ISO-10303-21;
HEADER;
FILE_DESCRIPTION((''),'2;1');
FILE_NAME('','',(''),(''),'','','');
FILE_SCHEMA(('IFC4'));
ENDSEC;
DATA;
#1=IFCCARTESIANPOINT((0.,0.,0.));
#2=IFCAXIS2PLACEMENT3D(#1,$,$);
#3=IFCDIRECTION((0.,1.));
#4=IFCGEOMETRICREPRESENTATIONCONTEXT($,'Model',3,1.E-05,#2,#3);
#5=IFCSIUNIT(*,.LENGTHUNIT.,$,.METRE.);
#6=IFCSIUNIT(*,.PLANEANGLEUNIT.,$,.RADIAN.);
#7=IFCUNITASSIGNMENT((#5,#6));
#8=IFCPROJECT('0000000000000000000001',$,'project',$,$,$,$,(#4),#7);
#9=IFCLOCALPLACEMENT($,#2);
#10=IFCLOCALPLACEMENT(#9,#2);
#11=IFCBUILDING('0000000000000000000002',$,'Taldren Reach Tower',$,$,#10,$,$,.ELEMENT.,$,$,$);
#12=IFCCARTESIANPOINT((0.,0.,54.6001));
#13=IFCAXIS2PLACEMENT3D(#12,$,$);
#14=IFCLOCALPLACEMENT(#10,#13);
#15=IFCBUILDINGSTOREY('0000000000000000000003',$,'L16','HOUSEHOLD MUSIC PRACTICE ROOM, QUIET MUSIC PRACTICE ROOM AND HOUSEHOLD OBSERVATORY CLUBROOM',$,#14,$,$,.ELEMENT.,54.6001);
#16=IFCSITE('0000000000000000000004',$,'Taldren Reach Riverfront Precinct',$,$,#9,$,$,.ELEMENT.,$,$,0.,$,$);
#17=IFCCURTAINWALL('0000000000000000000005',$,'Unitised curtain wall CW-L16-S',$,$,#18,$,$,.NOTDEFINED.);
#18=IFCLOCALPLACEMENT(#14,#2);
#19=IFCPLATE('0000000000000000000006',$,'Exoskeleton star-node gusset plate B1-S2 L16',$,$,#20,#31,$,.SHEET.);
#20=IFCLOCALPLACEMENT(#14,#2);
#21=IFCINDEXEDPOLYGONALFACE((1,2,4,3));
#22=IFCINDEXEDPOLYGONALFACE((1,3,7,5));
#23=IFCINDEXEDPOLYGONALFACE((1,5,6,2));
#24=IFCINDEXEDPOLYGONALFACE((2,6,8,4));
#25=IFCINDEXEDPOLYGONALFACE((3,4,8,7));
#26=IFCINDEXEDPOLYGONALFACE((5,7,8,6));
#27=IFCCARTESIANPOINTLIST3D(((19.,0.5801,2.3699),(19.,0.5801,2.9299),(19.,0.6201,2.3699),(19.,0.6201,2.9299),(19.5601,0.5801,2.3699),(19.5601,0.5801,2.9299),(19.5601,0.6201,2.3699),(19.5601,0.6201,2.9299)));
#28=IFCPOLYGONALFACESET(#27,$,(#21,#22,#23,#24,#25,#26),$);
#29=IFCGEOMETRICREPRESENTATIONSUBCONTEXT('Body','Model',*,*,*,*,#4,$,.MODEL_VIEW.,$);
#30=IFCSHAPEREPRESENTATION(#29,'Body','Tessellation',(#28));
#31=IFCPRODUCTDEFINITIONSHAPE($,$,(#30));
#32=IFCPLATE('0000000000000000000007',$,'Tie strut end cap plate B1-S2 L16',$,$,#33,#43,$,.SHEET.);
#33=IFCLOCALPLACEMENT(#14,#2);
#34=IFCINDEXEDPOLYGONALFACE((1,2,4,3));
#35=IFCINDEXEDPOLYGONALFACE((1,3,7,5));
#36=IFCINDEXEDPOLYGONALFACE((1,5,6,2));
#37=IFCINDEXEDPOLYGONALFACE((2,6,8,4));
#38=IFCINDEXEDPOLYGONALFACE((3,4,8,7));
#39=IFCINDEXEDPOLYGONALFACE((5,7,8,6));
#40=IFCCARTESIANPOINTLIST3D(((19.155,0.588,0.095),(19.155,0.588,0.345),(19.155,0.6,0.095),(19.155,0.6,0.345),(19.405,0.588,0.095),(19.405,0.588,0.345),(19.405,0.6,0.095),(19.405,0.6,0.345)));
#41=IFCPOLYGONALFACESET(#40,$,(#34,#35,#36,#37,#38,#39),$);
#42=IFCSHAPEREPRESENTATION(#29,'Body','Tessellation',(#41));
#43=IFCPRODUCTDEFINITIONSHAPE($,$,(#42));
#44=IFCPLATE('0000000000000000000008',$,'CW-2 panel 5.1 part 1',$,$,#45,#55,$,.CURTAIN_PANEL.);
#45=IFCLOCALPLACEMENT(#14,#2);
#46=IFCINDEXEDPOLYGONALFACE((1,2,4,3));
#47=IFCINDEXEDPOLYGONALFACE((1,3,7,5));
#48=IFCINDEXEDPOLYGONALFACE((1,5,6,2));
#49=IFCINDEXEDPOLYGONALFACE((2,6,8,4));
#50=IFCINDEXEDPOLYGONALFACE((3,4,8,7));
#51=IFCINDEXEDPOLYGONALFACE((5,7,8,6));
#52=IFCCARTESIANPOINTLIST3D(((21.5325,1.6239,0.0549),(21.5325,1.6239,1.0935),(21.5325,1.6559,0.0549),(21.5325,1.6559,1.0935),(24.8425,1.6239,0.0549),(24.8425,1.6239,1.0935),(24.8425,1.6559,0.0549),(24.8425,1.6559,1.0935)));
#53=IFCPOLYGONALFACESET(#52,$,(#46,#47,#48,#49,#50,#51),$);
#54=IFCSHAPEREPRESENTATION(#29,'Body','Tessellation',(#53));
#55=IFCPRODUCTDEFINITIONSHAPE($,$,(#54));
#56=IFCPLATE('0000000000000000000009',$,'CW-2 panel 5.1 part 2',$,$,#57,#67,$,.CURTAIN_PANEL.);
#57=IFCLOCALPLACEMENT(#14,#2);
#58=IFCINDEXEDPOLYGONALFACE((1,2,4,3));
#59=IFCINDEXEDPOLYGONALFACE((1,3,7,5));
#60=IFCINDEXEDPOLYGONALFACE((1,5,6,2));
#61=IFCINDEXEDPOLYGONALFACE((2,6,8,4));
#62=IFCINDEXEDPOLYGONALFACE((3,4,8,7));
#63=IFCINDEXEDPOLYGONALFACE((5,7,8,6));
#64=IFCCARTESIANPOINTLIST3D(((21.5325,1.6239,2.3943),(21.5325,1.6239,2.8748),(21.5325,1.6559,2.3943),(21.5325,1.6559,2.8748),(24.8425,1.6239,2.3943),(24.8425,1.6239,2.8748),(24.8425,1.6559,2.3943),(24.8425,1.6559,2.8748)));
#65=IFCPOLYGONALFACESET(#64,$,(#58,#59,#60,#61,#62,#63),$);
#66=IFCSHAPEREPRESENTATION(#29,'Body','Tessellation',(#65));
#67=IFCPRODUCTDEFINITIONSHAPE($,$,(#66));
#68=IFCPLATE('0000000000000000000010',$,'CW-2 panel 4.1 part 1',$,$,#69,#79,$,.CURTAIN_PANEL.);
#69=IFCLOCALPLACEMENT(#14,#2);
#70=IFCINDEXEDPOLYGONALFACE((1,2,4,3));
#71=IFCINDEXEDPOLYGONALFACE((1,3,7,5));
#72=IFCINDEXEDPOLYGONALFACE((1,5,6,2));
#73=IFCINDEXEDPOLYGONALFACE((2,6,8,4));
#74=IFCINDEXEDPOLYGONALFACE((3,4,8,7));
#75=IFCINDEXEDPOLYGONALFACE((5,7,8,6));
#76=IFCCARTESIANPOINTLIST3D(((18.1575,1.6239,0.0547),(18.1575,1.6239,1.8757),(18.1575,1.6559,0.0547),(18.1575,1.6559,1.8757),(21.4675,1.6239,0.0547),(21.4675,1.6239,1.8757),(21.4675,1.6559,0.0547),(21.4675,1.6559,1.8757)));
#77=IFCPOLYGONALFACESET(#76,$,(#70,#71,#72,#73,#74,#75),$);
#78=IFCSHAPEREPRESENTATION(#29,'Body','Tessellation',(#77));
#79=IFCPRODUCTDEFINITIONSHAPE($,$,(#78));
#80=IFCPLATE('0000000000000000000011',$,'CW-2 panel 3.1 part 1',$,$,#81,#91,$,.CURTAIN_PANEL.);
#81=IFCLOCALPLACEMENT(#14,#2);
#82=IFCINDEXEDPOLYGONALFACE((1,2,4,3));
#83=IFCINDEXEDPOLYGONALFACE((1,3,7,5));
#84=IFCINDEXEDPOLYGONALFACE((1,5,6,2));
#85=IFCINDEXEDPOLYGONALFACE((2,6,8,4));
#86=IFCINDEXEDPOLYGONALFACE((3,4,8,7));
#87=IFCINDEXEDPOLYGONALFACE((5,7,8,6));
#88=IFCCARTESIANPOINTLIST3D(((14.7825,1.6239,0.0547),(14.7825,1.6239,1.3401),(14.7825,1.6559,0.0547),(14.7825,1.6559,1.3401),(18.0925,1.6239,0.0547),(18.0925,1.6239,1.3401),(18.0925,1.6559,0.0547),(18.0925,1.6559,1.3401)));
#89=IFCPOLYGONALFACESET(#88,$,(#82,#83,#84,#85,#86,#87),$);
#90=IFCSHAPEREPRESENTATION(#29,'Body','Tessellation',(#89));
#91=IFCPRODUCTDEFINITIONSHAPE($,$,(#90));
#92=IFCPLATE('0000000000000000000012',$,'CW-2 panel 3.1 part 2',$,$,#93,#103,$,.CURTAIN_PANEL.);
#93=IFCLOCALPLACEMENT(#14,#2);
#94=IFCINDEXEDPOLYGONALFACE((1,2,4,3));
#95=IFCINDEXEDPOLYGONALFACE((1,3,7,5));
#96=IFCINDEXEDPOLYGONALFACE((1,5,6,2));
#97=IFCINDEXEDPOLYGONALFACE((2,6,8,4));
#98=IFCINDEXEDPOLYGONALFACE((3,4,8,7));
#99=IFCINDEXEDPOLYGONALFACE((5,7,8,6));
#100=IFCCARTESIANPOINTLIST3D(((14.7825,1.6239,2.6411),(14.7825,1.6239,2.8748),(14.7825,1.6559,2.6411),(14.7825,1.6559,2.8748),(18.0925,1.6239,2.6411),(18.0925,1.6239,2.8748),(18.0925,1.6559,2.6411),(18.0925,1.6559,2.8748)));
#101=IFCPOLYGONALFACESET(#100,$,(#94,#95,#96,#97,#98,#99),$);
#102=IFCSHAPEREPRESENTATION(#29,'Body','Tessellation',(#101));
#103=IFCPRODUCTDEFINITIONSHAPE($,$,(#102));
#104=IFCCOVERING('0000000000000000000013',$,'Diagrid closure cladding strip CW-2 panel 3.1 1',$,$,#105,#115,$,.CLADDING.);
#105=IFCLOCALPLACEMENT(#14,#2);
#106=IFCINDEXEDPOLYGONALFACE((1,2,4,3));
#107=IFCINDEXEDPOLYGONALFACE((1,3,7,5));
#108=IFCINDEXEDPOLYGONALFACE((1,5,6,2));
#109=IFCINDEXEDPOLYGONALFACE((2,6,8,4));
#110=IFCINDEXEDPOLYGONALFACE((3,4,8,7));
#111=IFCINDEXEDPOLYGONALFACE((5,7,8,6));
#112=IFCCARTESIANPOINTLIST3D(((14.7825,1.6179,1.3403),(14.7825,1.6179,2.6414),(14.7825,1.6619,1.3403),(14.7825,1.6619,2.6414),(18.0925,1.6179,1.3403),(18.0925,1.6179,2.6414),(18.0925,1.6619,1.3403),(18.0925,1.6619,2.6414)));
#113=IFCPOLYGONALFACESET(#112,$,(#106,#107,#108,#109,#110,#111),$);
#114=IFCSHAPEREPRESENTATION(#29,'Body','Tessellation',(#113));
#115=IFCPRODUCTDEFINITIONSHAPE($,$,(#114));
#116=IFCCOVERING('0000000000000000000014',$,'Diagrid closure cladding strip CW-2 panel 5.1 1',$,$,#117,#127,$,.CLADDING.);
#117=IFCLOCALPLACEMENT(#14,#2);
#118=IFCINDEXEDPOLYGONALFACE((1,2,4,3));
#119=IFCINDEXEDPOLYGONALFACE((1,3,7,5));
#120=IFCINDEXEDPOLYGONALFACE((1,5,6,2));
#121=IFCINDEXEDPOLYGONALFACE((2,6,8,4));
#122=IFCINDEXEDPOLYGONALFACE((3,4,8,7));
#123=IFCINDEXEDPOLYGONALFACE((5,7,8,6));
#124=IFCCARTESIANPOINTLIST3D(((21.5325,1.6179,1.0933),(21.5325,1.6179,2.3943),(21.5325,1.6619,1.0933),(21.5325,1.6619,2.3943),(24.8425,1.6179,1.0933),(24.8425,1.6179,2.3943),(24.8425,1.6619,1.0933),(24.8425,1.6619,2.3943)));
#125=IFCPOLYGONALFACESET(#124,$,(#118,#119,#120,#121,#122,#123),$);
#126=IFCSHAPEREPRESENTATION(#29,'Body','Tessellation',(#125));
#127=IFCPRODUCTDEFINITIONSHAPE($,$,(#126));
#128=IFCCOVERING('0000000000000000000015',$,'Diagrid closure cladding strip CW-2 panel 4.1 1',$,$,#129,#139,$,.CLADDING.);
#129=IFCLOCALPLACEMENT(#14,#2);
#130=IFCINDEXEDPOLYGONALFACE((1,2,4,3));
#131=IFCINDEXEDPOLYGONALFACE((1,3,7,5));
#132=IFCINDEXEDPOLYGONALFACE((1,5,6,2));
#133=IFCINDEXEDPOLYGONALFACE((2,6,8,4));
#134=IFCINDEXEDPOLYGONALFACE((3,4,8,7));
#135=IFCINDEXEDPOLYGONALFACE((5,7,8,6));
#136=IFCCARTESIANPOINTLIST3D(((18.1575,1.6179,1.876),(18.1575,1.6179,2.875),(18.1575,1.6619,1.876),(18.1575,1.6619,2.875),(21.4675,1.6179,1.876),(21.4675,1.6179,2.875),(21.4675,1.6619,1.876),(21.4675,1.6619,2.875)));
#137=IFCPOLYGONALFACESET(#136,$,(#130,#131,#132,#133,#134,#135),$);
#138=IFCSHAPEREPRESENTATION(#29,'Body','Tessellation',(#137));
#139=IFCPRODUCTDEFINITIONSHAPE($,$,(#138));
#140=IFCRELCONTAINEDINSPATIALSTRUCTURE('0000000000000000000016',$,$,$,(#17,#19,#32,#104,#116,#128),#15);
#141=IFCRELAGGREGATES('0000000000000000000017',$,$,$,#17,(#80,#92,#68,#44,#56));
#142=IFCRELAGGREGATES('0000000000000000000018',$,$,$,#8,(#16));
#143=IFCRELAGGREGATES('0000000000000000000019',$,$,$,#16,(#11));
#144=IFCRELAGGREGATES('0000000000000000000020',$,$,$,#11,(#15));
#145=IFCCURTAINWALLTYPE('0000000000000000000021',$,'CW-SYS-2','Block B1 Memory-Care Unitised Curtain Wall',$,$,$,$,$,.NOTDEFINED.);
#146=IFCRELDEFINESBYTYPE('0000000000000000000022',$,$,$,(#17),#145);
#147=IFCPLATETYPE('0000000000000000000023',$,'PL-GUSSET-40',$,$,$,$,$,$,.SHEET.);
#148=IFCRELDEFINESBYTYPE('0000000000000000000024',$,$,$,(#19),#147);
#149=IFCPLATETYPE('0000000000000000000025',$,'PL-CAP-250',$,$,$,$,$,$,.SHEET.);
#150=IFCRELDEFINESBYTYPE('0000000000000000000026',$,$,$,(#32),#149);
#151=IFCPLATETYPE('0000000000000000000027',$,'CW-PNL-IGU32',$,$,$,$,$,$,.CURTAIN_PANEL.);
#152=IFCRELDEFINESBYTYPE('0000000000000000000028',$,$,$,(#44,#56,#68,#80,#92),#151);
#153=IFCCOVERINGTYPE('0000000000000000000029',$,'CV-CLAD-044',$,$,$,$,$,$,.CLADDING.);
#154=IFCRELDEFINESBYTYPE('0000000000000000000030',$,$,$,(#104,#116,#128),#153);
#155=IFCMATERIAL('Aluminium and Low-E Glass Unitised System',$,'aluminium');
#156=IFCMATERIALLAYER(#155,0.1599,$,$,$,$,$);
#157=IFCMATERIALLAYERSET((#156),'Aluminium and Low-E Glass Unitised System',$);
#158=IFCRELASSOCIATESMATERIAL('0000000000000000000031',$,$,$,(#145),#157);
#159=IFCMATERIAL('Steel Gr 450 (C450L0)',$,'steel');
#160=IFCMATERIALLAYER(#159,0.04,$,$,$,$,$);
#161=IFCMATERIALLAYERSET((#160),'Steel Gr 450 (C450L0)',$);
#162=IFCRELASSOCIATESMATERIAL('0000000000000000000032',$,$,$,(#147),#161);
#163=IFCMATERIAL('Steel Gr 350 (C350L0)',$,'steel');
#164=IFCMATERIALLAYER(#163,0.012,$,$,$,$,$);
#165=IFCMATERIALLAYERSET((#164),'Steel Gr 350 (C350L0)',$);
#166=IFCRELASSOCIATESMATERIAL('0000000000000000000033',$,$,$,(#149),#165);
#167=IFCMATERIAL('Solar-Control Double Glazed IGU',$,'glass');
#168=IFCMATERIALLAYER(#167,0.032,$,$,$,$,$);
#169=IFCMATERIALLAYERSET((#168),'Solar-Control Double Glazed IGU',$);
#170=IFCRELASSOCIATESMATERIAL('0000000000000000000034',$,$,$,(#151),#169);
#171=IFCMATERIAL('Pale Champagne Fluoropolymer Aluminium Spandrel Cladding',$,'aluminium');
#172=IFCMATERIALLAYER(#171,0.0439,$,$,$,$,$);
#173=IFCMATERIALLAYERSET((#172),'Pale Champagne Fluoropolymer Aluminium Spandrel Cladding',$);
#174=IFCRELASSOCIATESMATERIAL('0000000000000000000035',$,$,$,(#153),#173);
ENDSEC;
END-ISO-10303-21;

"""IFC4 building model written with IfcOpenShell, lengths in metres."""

from ifc_helpers import new_model, si_unit, direction, frame, origin, origin_2d, place, context, subcontext, project, spatial, rectangle, extrude, source, transform, mapped, material, layer, layer_set, type_object, element, aggregate, save


model = new_model("IFC4")

# Units and contexts
model_context = context("Model", 3, precision=1e-05, world=origin(), true_north=direction((0.0, 1.0)))
body_context = subcontext(model_context, "Body", "Model", "MODEL_VIEW")
ifc_project = project(units=[si_unit("LENGTHUNIT", "METRE"), si_unit("PLANEANGLEUNIT", "RADIAN")], contexts=[model_context])

# Site, building, storey
site_placement = place(None, origin())
site = spatial("IfcSite", under=ifc_project, at=site_placement, Name="Taldren Reach Riverfront Precinct", CompositionType="ELEMENT", RefElevation=0.0)
building_placement = place(site_placement, origin())
building = spatial("IfcBuilding", under=site, at=building_placement, Name="Taldren Reach Tower", CompositionType="ELEMENT")
storey_placement = place(building_placement, frame((0.0, 0.0, 54.6001)))
storey = spatial("IfcBuildingStorey", under=building, at=storey_placement, Name="L16", Description="HOUSEHOLD MUSIC PRACTICE ROOM, QUIET MUSIC PRACTICE ROOM AND HOUSEHOLD OBSERVATORY CLUBROOM", CompositionType="ELEMENT", Elevation=54.6001)

# Shared definitions
ifc_material_1 = material(Name="Steel Gr 350 (C350L0)", Category="steel")

# Curtain wall
ifc_material_2 = material(Name="Aluminium and Low-E Glass Unitised System", Category="aluminium")
ifc_layer_1 = layer(ifc_material_2, 0.1599)
ifc_layer_set_1 = layer_set([ifc_layer_1], Name="Aluminium and Low-E Glass Unitised System")
curtain_wall_type = type_object("IfcCurtainWallType", Name="CW-SYS-2", Description="Block B1 Memory-Care Unitised Curtain Wall", PredefinedType="NOTDEFINED", material=ifc_layer_set_1)
curtain_wall_placement = place(storey_placement, origin())
curtain_wall = element("IfcCurtainWall", 1, at=curtain_wall_placement, inside=storey, type_object=curtain_wall_type, Name="Unitised curtain wall CW-L16-S", PredefinedType="NOTDEFINED")

# Plates
ifc_material_3 = material(Name="Steel Gr 450 (C450L0)", Category="steel")
ifc_layer_2 = layer(ifc_material_3, 0.04)
ifc_layer_set_2 = layer_set([ifc_layer_2], Name="Steel Gr 450 (C450L0)")
plate_type_1 = type_object("IfcPlateType", Name="PL-GUSSET-40", PredefinedType="SHEET", material=ifc_layer_set_2)
shared_shape_1 = source(origin(), body_context, "Body", "SweptSolid", [
    extrude(rectangle(XDim=0.5601, YDim=0.04, at=origin_2d()), origin(), (0.0, 0.0, 1.0), 0.5601),
])
plate_1_placement = place(storey_placement, frame((19.28, 0.6001, 2.3699), z_axis=(0.0, 0.0, 1.0), x_axis=(1.0, 0.0, 0.0)))
element("IfcPlate", 2, at=plate_1_placement, inside=storey, type_object=plate_type_1, Name="Exoskeleton star-node gusset plate B1-S2 L16", PredefinedType="SHEET", context=body_context, shape_type="MappedRepresentation", body=[
    mapped(shared_shape_1, transform((0.0, 0.0, 0.0), scale=1.0)),
])
ifc_layer_3 = layer(ifc_material_1, 0.012)
ifc_layer_set_3 = layer_set([ifc_layer_3], Name="Steel Gr 350 (C350L0)")
plate_type_2 = type_object("IfcPlateType", Name="PL-CAP-250", PredefinedType="SHEET", material=ifc_layer_set_3)
shared_shape_2 = source(origin(), body_context, "Body", "SweptSolid", [
    extrude(rectangle(XDim=0.25, YDim=0.012, at=origin_2d()), origin(), (0.0, 0.0, 1.0), 0.25),
])
plate_2_placement = place(storey_placement, frame((19.28, 0.594, 0.095), z_axis=(0.0, 0.0, 1.0), x_axis=(1.0, 0.0, 0.0)))
element("IfcPlate", 3, at=plate_2_placement, inside=storey, type_object=plate_type_2, Name="Tie strut end cap plate B1-S2 L16", PredefinedType="SHEET", context=body_context, shape_type="MappedRepresentation", body=[
    mapped(shared_shape_2, transform((0.0, 0.0, 0.0), scale=1.0)),
])

# Plates
ifc_material_4 = material(Name="Solar-Control Double Glazed IGU", Category="glass")
ifc_layer_4 = layer(ifc_material_4, 0.032)
ifc_layer_set_4 = layer_set([ifc_layer_4], Name="Solar-Control Double Glazed IGU")
plate_type_3 = type_object("IfcPlateType", Name="CW-PNL-IGU32", PredefinedType="CURTAIN_PANEL", material=ifc_layer_set_4)
shared_shape_3 = source(origin(), body_context, "Body", "SweptSolid", [
    extrude(rectangle(XDim=3.3101, YDim=0.032, at=origin_2d()), origin(), (0.0, 0.0, 1.0), 1.0386),
])
plate_3_placement = place(storey_placement, frame((23.1875, 1.6399, 0.0549), z_axis=(0.0, 0.0, 1.0), x_axis=(1.0, 0.0, 0.0)))
plate_3 = element("IfcPlate", 4, at=plate_3_placement, type_object=plate_type_3, Name="CW-2 panel 5.1 part 1", PredefinedType="CURTAIN_PANEL", context=body_context, shape_type="MappedRepresentation", body=[
    mapped(shared_shape_3, transform((0.0, 0.0, 0.0), scale=1.0)),
])
shared_shape_4 = source(origin(), body_context, "Body", "SweptSolid", [
    extrude(rectangle(XDim=3.3101, YDim=0.032, at=origin_2d()), origin(), (0.0, 0.0, 1.0), 0.4805),
])
plate_4_placement = place(storey_placement, frame((23.1875, 1.6399, 2.3943), z_axis=(0.0, 0.0, 1.0), x_axis=(1.0, 0.0, 0.0)))
plate_4 = element("IfcPlate", 5, at=plate_4_placement, type_object=plate_type_3, Name="CW-2 panel 5.1 part 2", PredefinedType="CURTAIN_PANEL", context=body_context, shape_type="MappedRepresentation", body=[
    mapped(shared_shape_4, transform((0.0, 0.0, 0.0), scale=1.0)),
])
shared_shape_5 = source(origin(), body_context, "Body", "SweptSolid", [
    extrude(rectangle(XDim=3.3101, YDim=0.032, at=origin_2d()), origin(), (0.0, 0.0, 1.0), 1.821),
])
plate_5_placement = place(storey_placement, frame((19.8125, 1.6399, 0.0547), z_axis=(0.0, 0.0, 1.0), x_axis=(1.0, 0.0, 0.0)))
plate_5 = element("IfcPlate", 6, at=plate_5_placement, type_object=plate_type_3, Name="CW-2 panel 4.1 part 1", PredefinedType="CURTAIN_PANEL", context=body_context, shape_type="MappedRepresentation", body=[
    mapped(shared_shape_5, transform((0.0, 0.0, 0.0), scale=1.0)),
])
shared_shape_6 = source(origin(), body_context, "Body", "SweptSolid", [
    extrude(rectangle(XDim=3.3101, YDim=0.032, at=origin_2d()), origin(), (0.0, 0.0, 1.0), 1.2854),
])
plate_6_placement = place(storey_placement, frame((16.4375, 1.6399, 0.0547), z_axis=(0.0, 0.0, 1.0), x_axis=(1.0, 0.0, 0.0)))
plate_6 = element("IfcPlate", 7, at=plate_6_placement, type_object=plate_type_3, Name="CW-2 panel 3.1 part 1", PredefinedType="CURTAIN_PANEL", context=body_context, shape_type="MappedRepresentation", body=[
    mapped(shared_shape_6, transform((0.0, 0.0, 0.0), scale=1.0)),
])
shared_shape_7 = source(origin(), body_context, "Body", "SweptSolid", [
    extrude(rectangle(XDim=3.3101, YDim=0.032, at=origin_2d()), origin(), (0.0, 0.0, 1.0), 0.2336),
])
plate_7_placement = place(storey_placement, frame((16.4375, 1.6399, 2.6411), z_axis=(0.0, 0.0, 1.0), x_axis=(1.0, 0.0, 0.0)))
plate_7 = element("IfcPlate", 8, at=plate_7_placement, type_object=plate_type_3, Name="CW-2 panel 3.1 part 2", PredefinedType="CURTAIN_PANEL", context=body_context, shape_type="MappedRepresentation", body=[
    mapped(shared_shape_7, transform((0.0, 0.0, 0.0), scale=1.0)),
])
aggregate(curtain_wall, [plate_6, plate_7, plate_5, plate_3, plate_4])

# Coverings
ifc_material_5 = material(Name="Pale Champagne Fluoropolymer Aluminium Spandrel Cladding", Category="aluminium")
ifc_layer_5 = layer(ifc_material_5, 0.0439)
ifc_layer_set_5 = layer_set([ifc_layer_5], Name="Pale Champagne Fluoropolymer Aluminium Spandrel Cladding")
covering_type = type_object("IfcCoveringType", Name="CV-CLAD-044", PredefinedType="CLADDING", material=ifc_layer_set_5)
shared_shape_8 = source(origin(), body_context, "Body", "SweptSolid", [
    extrude(rectangle(XDim=3.3101, YDim=0.0439, at=origin_2d()), origin(), (0.0, 0.0, 1.0), 1.301),
])
for number, where, z_axis, x_axis, name in (
    (9, (16.4375, 1.6399, 1.3403), (0.0, 0.0, 1.0), (1.0, 0.0, 0.0), "Diagrid closure cladding strip CW-2 panel 3.1 1"),
    (10, (23.1875, 1.6399, 1.0933), (0.0, 0.0, 1.0), (1.0, 0.0, 0.0), "Diagrid closure cladding strip CW-2 panel 5.1 1"),
):
    element("IfcCovering", number, at=place(storey_placement, frame(where, z_axis=z_axis, x_axis=x_axis)), inside=storey, type_object=covering_type, Name=name, PredefinedType="CLADDING", context=body_context, shape_type="MappedRepresentation", body=[
        mapped(shared_shape_8, transform((0.0, 0.0, 0.0), scale=1.0)),
    ])
shared_shape_9 = source(origin(), body_context, "Body", "SweptSolid", [
    extrude(rectangle(XDim=3.3101, YDim=0.0439, at=origin_2d()), origin(), (0.0, 0.0, 1.0), 0.999),
])
covering_placement = place(storey_placement, frame((19.8125, 1.6399, 1.876), z_axis=(0.0, 0.0, 1.0), x_axis=(1.0, 0.0, 0.0)))
element("IfcCovering", 11, at=covering_placement, inside=storey, type_object=covering_type, Name="Diagrid closure cladding strip CW-2 panel 4.1 1", PredefinedType="CLADDING", context=body_context, shape_type="MappedRepresentation", body=[
    mapped(shared_shape_9, transform((0.0, 0.0, 0.0), scale=1.0)),
])

save(model, "model.ifc")
